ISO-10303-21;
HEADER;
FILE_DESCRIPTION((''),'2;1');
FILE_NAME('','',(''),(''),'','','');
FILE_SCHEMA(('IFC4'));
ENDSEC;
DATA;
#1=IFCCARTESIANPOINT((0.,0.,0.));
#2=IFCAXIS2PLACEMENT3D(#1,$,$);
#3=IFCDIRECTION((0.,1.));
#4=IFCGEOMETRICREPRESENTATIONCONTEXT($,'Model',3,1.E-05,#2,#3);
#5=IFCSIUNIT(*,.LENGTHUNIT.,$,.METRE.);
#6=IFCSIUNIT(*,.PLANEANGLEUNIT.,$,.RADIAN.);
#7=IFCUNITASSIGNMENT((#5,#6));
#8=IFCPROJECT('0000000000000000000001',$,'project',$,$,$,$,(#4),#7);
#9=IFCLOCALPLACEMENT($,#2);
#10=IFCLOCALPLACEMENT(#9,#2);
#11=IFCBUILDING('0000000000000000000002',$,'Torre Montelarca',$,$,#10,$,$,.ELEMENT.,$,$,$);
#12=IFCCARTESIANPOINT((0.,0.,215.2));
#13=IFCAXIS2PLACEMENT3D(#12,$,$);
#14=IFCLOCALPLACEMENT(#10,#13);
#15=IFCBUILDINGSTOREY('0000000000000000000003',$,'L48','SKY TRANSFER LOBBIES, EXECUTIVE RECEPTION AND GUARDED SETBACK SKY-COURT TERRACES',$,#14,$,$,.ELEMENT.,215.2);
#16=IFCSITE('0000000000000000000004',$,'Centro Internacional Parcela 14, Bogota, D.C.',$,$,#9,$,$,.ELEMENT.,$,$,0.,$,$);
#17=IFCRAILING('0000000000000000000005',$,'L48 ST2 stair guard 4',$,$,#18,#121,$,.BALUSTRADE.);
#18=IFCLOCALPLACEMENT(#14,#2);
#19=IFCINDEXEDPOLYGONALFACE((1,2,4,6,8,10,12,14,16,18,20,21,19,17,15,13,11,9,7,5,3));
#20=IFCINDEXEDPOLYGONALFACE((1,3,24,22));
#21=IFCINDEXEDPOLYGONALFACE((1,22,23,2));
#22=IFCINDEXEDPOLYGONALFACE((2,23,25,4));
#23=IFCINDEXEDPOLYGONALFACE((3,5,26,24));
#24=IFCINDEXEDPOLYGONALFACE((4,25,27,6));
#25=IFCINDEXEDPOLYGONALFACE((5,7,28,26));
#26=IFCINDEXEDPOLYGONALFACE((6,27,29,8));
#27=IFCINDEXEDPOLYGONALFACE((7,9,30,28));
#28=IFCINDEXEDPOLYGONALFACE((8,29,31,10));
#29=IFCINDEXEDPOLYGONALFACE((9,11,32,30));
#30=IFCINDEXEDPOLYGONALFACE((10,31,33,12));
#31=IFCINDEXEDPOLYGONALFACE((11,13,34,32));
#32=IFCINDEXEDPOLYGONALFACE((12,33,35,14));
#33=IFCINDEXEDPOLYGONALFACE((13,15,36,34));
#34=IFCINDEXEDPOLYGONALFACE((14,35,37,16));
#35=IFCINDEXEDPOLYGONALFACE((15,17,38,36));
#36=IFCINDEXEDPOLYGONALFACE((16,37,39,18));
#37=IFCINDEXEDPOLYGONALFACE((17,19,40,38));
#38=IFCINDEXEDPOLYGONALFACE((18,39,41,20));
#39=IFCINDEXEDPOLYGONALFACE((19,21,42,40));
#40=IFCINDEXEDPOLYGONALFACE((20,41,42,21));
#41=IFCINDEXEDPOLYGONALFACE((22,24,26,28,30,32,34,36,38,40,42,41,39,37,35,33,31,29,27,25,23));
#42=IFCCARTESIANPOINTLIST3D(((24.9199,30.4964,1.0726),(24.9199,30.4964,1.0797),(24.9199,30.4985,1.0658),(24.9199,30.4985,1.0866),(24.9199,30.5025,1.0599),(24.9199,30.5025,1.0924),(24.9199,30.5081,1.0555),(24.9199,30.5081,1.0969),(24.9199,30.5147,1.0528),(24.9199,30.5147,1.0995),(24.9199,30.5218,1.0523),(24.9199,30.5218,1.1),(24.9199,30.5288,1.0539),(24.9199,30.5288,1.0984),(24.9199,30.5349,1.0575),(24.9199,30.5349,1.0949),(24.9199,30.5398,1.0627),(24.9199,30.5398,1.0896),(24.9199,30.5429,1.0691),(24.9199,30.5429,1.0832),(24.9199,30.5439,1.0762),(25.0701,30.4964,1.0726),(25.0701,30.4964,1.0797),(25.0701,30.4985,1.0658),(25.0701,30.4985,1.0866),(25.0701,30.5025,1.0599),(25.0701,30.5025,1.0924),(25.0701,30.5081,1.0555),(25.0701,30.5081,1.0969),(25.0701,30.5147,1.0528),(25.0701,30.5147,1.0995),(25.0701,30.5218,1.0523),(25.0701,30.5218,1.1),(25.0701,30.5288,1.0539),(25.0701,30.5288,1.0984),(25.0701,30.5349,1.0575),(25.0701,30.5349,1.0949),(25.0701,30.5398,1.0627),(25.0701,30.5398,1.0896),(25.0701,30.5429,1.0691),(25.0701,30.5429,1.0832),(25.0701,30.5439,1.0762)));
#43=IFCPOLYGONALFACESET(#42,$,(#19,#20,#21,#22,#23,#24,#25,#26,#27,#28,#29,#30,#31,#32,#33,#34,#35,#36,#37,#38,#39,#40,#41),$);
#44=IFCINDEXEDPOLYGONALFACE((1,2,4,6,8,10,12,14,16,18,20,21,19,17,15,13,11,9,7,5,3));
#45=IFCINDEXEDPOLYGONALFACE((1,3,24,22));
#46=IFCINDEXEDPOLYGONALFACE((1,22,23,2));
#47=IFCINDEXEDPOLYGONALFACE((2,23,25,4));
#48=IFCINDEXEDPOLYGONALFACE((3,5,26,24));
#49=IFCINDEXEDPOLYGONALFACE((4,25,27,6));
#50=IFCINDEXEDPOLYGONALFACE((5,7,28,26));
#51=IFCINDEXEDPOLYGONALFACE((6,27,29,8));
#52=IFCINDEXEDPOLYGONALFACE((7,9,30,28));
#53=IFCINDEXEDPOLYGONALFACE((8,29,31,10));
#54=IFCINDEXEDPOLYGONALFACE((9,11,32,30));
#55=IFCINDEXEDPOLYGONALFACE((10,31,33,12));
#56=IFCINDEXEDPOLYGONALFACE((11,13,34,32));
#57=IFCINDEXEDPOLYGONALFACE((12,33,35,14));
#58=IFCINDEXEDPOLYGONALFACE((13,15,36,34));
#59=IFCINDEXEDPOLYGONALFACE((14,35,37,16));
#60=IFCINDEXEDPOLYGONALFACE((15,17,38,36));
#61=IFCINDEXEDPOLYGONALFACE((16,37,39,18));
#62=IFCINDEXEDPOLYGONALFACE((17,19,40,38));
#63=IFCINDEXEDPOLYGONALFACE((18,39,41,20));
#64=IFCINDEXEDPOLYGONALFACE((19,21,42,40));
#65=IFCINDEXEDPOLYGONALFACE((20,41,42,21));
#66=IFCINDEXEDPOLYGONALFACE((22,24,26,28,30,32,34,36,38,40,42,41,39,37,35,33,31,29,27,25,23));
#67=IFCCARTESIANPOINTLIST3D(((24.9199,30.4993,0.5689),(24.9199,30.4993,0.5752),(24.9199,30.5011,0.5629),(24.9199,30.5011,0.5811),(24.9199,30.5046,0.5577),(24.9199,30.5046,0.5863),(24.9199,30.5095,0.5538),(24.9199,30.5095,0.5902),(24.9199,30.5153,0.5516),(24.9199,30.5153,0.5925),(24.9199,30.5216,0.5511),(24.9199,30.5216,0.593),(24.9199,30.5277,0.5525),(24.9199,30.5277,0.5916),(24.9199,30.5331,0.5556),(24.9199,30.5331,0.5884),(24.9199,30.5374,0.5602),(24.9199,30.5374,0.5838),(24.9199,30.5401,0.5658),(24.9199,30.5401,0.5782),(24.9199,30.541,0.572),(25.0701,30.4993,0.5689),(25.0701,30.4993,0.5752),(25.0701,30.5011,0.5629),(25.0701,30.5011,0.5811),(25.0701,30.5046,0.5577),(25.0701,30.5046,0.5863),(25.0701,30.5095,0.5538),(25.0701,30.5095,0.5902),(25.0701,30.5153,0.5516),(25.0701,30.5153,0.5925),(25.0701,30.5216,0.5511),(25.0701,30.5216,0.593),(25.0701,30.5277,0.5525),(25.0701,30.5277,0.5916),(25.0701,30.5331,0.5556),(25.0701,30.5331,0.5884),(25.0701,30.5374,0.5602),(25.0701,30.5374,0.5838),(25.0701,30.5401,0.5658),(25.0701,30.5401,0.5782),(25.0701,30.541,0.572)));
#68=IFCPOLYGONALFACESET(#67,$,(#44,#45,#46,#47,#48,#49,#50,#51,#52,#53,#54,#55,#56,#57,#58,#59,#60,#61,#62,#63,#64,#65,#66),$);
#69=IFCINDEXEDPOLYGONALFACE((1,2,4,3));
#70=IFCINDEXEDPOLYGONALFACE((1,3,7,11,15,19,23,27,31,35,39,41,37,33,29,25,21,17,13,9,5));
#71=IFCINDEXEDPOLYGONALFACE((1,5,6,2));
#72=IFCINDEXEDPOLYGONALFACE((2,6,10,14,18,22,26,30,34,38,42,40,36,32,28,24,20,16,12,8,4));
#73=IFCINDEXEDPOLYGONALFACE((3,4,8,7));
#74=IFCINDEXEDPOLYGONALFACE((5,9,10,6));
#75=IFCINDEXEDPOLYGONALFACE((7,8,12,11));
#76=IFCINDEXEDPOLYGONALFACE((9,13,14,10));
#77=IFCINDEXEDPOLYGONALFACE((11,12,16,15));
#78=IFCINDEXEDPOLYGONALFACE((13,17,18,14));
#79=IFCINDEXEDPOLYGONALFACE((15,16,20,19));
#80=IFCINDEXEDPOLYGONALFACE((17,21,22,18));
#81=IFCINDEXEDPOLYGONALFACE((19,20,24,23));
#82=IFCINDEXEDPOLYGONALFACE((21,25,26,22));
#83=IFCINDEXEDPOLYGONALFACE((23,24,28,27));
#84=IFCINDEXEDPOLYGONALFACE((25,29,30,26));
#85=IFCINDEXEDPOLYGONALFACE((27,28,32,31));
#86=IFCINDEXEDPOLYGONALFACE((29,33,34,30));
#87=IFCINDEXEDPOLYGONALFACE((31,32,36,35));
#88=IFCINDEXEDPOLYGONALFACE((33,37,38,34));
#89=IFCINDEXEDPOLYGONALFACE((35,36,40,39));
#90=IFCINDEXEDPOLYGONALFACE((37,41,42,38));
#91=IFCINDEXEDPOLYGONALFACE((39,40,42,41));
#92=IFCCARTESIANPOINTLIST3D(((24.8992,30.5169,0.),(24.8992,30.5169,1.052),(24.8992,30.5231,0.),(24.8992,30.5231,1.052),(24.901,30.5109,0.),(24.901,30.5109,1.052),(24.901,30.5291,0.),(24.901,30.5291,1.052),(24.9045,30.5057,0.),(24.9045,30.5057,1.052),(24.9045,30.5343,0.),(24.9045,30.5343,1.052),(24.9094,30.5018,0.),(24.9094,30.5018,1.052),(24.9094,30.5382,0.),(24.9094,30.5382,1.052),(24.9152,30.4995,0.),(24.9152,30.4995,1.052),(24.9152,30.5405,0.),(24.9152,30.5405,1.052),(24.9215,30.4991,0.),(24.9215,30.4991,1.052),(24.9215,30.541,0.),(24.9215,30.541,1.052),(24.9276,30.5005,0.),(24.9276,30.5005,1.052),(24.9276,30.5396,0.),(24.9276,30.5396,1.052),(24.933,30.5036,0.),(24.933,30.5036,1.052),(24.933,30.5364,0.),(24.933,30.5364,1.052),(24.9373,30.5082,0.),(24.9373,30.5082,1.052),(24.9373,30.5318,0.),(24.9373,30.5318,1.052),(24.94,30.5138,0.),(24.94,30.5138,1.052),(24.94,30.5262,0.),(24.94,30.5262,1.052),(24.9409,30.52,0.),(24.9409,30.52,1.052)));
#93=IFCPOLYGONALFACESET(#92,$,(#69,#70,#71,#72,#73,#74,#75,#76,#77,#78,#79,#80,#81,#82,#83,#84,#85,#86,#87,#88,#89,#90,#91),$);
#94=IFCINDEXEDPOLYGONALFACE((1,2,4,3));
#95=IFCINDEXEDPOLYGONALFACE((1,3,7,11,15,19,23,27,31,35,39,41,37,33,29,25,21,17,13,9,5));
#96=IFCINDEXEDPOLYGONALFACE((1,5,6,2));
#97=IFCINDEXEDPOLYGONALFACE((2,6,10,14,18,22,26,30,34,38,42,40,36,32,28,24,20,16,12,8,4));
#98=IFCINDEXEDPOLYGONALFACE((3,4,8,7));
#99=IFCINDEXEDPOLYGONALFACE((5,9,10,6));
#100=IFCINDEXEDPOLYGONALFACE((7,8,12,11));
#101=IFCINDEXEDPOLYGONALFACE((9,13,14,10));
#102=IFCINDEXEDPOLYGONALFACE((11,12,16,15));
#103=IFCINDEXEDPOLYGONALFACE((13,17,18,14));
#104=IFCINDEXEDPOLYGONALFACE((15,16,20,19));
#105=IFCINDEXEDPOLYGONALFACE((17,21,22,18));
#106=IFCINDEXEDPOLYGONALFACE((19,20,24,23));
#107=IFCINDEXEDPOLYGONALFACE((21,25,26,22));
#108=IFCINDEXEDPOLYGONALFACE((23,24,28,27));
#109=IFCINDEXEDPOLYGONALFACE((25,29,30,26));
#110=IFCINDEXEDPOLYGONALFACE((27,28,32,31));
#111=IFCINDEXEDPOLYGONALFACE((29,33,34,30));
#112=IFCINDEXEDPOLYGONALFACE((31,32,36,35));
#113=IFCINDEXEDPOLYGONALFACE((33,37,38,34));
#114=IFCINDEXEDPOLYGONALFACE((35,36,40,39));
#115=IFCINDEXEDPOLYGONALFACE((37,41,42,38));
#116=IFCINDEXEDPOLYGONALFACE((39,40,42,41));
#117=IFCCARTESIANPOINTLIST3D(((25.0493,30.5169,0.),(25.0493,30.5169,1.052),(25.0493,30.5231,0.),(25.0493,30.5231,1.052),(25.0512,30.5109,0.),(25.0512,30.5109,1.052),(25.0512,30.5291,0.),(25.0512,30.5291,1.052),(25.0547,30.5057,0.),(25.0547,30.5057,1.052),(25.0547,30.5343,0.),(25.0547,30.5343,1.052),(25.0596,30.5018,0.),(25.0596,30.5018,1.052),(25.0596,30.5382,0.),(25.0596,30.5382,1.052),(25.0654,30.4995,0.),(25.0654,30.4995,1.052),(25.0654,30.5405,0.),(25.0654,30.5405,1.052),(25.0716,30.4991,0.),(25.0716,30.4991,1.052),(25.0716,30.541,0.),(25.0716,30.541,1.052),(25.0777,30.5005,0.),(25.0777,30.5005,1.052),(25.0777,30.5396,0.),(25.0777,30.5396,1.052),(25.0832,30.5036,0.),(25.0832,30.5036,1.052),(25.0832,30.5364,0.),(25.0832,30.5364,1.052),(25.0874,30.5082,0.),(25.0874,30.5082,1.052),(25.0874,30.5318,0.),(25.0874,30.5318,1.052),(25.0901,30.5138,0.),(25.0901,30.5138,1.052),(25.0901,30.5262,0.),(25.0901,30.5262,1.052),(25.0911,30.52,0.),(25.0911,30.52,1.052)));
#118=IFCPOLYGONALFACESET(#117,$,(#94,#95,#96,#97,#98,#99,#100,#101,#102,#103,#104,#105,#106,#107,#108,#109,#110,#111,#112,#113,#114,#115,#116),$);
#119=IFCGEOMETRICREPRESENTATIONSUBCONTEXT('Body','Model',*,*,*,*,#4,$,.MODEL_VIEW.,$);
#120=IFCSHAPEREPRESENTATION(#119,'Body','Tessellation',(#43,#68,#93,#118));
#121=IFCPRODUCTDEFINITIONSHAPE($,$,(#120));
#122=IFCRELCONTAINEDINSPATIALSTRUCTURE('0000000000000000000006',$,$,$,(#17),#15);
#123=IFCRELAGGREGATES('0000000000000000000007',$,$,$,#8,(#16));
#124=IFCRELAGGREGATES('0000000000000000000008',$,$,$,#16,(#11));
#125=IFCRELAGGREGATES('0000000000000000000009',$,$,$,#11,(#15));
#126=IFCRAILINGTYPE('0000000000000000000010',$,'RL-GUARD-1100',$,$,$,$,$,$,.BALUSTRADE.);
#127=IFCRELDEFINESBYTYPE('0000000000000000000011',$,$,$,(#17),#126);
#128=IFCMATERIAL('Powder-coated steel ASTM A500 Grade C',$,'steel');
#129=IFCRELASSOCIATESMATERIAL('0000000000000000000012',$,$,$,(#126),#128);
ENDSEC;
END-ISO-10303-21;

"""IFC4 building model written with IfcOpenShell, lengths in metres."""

from ifc_helpers import new_model, si_unit, direction, frame, origin, origin_2d, place, context, subcontext, project, spatial, circle, extrude, material, type_object, element, save


model = new_model("IFC4")

# Units and contexts
model_context = context("Model", 3, precision=1e-05, world=origin(), true_north=direction((0.0, 1.0)))
body_context = subcontext(model_context, "Body", "Model", "MODEL_VIEW")
ifc_project = project(units=[si_unit("LENGTHUNIT", "METRE"), si_unit("PLANEANGLEUNIT", "RADIAN")], contexts=[model_context])

# Site, building, storey
site_placement = place(None, origin())
site = spatial("IfcSite", under=ifc_project, at=site_placement, Name="Centro Internacional Parcela 14, Bogota, D.C.", CompositionType="ELEMENT", RefElevation=0.0)
building_placement = place(site_placement, origin())
building = spatial("IfcBuilding", under=site, at=building_placement, Name="Torre Montelarca", CompositionType="ELEMENT")
storey_placement = place(building_placement, frame((0.0, 0.0, 215.2)))
storey = spatial("IfcBuildingStorey", under=building, at=storey_placement, Name="L48", Description="SKY TRANSFER LOBBIES, EXECUTIVE RECEPTION AND GUARDED SETBACK SKY-COURT TERRACES", CompositionType="ELEMENT", Elevation=215.2)

# Railing
ifc_material_1 = material(Name="Powder-coated steel ASTM A500 Grade C", Category="steel")
railing_type_1 = type_object("IfcRailingType", Name="RL-GUARD-1100", PredefinedType="BALUSTRADE", material=ifc_material_1)
railing_1_placement = place(storey_placement, frame((24.9199, 30.52, 0.0)))
element("IfcRailing", 1, at=railing_1_placement, inside=storey, type_object=railing_type_1, Name="L48 ST2 stair guard 4", PredefinedType="BALUSTRADE", context=body_context, shape_type="SweptSolid", body=[
    extrude(circle(Radius=0.0239, at=origin_2d()), frame((0.0, 0.0, 1.0762), z_axis=(1.0, 0.0, 0.0), x_axis=(0.0, 1.0, 0.0)), (0.0, 0.0, 1.0), 0.1501),
    extrude(circle(Radius=0.021, at=origin_2d()), frame((0.0, 0.0, 0.572), z_axis=(1.0, 0.0, 0.0), x_axis=(0.0, 1.0, 0.0)), (0.0, 0.0, 1.0), 0.1501),
    extrude(circle(Radius=0.021, at=origin_2d()), origin(), (0.0, 0.0, 1.0), 1.052),
    extrude(circle(Radius=0.021, at=origin_2d()), frame((0.1501, 0.0, 0.0)), (0.0, 0.0, 1.0), 1.052),
])

save(model, "model.ifc")
